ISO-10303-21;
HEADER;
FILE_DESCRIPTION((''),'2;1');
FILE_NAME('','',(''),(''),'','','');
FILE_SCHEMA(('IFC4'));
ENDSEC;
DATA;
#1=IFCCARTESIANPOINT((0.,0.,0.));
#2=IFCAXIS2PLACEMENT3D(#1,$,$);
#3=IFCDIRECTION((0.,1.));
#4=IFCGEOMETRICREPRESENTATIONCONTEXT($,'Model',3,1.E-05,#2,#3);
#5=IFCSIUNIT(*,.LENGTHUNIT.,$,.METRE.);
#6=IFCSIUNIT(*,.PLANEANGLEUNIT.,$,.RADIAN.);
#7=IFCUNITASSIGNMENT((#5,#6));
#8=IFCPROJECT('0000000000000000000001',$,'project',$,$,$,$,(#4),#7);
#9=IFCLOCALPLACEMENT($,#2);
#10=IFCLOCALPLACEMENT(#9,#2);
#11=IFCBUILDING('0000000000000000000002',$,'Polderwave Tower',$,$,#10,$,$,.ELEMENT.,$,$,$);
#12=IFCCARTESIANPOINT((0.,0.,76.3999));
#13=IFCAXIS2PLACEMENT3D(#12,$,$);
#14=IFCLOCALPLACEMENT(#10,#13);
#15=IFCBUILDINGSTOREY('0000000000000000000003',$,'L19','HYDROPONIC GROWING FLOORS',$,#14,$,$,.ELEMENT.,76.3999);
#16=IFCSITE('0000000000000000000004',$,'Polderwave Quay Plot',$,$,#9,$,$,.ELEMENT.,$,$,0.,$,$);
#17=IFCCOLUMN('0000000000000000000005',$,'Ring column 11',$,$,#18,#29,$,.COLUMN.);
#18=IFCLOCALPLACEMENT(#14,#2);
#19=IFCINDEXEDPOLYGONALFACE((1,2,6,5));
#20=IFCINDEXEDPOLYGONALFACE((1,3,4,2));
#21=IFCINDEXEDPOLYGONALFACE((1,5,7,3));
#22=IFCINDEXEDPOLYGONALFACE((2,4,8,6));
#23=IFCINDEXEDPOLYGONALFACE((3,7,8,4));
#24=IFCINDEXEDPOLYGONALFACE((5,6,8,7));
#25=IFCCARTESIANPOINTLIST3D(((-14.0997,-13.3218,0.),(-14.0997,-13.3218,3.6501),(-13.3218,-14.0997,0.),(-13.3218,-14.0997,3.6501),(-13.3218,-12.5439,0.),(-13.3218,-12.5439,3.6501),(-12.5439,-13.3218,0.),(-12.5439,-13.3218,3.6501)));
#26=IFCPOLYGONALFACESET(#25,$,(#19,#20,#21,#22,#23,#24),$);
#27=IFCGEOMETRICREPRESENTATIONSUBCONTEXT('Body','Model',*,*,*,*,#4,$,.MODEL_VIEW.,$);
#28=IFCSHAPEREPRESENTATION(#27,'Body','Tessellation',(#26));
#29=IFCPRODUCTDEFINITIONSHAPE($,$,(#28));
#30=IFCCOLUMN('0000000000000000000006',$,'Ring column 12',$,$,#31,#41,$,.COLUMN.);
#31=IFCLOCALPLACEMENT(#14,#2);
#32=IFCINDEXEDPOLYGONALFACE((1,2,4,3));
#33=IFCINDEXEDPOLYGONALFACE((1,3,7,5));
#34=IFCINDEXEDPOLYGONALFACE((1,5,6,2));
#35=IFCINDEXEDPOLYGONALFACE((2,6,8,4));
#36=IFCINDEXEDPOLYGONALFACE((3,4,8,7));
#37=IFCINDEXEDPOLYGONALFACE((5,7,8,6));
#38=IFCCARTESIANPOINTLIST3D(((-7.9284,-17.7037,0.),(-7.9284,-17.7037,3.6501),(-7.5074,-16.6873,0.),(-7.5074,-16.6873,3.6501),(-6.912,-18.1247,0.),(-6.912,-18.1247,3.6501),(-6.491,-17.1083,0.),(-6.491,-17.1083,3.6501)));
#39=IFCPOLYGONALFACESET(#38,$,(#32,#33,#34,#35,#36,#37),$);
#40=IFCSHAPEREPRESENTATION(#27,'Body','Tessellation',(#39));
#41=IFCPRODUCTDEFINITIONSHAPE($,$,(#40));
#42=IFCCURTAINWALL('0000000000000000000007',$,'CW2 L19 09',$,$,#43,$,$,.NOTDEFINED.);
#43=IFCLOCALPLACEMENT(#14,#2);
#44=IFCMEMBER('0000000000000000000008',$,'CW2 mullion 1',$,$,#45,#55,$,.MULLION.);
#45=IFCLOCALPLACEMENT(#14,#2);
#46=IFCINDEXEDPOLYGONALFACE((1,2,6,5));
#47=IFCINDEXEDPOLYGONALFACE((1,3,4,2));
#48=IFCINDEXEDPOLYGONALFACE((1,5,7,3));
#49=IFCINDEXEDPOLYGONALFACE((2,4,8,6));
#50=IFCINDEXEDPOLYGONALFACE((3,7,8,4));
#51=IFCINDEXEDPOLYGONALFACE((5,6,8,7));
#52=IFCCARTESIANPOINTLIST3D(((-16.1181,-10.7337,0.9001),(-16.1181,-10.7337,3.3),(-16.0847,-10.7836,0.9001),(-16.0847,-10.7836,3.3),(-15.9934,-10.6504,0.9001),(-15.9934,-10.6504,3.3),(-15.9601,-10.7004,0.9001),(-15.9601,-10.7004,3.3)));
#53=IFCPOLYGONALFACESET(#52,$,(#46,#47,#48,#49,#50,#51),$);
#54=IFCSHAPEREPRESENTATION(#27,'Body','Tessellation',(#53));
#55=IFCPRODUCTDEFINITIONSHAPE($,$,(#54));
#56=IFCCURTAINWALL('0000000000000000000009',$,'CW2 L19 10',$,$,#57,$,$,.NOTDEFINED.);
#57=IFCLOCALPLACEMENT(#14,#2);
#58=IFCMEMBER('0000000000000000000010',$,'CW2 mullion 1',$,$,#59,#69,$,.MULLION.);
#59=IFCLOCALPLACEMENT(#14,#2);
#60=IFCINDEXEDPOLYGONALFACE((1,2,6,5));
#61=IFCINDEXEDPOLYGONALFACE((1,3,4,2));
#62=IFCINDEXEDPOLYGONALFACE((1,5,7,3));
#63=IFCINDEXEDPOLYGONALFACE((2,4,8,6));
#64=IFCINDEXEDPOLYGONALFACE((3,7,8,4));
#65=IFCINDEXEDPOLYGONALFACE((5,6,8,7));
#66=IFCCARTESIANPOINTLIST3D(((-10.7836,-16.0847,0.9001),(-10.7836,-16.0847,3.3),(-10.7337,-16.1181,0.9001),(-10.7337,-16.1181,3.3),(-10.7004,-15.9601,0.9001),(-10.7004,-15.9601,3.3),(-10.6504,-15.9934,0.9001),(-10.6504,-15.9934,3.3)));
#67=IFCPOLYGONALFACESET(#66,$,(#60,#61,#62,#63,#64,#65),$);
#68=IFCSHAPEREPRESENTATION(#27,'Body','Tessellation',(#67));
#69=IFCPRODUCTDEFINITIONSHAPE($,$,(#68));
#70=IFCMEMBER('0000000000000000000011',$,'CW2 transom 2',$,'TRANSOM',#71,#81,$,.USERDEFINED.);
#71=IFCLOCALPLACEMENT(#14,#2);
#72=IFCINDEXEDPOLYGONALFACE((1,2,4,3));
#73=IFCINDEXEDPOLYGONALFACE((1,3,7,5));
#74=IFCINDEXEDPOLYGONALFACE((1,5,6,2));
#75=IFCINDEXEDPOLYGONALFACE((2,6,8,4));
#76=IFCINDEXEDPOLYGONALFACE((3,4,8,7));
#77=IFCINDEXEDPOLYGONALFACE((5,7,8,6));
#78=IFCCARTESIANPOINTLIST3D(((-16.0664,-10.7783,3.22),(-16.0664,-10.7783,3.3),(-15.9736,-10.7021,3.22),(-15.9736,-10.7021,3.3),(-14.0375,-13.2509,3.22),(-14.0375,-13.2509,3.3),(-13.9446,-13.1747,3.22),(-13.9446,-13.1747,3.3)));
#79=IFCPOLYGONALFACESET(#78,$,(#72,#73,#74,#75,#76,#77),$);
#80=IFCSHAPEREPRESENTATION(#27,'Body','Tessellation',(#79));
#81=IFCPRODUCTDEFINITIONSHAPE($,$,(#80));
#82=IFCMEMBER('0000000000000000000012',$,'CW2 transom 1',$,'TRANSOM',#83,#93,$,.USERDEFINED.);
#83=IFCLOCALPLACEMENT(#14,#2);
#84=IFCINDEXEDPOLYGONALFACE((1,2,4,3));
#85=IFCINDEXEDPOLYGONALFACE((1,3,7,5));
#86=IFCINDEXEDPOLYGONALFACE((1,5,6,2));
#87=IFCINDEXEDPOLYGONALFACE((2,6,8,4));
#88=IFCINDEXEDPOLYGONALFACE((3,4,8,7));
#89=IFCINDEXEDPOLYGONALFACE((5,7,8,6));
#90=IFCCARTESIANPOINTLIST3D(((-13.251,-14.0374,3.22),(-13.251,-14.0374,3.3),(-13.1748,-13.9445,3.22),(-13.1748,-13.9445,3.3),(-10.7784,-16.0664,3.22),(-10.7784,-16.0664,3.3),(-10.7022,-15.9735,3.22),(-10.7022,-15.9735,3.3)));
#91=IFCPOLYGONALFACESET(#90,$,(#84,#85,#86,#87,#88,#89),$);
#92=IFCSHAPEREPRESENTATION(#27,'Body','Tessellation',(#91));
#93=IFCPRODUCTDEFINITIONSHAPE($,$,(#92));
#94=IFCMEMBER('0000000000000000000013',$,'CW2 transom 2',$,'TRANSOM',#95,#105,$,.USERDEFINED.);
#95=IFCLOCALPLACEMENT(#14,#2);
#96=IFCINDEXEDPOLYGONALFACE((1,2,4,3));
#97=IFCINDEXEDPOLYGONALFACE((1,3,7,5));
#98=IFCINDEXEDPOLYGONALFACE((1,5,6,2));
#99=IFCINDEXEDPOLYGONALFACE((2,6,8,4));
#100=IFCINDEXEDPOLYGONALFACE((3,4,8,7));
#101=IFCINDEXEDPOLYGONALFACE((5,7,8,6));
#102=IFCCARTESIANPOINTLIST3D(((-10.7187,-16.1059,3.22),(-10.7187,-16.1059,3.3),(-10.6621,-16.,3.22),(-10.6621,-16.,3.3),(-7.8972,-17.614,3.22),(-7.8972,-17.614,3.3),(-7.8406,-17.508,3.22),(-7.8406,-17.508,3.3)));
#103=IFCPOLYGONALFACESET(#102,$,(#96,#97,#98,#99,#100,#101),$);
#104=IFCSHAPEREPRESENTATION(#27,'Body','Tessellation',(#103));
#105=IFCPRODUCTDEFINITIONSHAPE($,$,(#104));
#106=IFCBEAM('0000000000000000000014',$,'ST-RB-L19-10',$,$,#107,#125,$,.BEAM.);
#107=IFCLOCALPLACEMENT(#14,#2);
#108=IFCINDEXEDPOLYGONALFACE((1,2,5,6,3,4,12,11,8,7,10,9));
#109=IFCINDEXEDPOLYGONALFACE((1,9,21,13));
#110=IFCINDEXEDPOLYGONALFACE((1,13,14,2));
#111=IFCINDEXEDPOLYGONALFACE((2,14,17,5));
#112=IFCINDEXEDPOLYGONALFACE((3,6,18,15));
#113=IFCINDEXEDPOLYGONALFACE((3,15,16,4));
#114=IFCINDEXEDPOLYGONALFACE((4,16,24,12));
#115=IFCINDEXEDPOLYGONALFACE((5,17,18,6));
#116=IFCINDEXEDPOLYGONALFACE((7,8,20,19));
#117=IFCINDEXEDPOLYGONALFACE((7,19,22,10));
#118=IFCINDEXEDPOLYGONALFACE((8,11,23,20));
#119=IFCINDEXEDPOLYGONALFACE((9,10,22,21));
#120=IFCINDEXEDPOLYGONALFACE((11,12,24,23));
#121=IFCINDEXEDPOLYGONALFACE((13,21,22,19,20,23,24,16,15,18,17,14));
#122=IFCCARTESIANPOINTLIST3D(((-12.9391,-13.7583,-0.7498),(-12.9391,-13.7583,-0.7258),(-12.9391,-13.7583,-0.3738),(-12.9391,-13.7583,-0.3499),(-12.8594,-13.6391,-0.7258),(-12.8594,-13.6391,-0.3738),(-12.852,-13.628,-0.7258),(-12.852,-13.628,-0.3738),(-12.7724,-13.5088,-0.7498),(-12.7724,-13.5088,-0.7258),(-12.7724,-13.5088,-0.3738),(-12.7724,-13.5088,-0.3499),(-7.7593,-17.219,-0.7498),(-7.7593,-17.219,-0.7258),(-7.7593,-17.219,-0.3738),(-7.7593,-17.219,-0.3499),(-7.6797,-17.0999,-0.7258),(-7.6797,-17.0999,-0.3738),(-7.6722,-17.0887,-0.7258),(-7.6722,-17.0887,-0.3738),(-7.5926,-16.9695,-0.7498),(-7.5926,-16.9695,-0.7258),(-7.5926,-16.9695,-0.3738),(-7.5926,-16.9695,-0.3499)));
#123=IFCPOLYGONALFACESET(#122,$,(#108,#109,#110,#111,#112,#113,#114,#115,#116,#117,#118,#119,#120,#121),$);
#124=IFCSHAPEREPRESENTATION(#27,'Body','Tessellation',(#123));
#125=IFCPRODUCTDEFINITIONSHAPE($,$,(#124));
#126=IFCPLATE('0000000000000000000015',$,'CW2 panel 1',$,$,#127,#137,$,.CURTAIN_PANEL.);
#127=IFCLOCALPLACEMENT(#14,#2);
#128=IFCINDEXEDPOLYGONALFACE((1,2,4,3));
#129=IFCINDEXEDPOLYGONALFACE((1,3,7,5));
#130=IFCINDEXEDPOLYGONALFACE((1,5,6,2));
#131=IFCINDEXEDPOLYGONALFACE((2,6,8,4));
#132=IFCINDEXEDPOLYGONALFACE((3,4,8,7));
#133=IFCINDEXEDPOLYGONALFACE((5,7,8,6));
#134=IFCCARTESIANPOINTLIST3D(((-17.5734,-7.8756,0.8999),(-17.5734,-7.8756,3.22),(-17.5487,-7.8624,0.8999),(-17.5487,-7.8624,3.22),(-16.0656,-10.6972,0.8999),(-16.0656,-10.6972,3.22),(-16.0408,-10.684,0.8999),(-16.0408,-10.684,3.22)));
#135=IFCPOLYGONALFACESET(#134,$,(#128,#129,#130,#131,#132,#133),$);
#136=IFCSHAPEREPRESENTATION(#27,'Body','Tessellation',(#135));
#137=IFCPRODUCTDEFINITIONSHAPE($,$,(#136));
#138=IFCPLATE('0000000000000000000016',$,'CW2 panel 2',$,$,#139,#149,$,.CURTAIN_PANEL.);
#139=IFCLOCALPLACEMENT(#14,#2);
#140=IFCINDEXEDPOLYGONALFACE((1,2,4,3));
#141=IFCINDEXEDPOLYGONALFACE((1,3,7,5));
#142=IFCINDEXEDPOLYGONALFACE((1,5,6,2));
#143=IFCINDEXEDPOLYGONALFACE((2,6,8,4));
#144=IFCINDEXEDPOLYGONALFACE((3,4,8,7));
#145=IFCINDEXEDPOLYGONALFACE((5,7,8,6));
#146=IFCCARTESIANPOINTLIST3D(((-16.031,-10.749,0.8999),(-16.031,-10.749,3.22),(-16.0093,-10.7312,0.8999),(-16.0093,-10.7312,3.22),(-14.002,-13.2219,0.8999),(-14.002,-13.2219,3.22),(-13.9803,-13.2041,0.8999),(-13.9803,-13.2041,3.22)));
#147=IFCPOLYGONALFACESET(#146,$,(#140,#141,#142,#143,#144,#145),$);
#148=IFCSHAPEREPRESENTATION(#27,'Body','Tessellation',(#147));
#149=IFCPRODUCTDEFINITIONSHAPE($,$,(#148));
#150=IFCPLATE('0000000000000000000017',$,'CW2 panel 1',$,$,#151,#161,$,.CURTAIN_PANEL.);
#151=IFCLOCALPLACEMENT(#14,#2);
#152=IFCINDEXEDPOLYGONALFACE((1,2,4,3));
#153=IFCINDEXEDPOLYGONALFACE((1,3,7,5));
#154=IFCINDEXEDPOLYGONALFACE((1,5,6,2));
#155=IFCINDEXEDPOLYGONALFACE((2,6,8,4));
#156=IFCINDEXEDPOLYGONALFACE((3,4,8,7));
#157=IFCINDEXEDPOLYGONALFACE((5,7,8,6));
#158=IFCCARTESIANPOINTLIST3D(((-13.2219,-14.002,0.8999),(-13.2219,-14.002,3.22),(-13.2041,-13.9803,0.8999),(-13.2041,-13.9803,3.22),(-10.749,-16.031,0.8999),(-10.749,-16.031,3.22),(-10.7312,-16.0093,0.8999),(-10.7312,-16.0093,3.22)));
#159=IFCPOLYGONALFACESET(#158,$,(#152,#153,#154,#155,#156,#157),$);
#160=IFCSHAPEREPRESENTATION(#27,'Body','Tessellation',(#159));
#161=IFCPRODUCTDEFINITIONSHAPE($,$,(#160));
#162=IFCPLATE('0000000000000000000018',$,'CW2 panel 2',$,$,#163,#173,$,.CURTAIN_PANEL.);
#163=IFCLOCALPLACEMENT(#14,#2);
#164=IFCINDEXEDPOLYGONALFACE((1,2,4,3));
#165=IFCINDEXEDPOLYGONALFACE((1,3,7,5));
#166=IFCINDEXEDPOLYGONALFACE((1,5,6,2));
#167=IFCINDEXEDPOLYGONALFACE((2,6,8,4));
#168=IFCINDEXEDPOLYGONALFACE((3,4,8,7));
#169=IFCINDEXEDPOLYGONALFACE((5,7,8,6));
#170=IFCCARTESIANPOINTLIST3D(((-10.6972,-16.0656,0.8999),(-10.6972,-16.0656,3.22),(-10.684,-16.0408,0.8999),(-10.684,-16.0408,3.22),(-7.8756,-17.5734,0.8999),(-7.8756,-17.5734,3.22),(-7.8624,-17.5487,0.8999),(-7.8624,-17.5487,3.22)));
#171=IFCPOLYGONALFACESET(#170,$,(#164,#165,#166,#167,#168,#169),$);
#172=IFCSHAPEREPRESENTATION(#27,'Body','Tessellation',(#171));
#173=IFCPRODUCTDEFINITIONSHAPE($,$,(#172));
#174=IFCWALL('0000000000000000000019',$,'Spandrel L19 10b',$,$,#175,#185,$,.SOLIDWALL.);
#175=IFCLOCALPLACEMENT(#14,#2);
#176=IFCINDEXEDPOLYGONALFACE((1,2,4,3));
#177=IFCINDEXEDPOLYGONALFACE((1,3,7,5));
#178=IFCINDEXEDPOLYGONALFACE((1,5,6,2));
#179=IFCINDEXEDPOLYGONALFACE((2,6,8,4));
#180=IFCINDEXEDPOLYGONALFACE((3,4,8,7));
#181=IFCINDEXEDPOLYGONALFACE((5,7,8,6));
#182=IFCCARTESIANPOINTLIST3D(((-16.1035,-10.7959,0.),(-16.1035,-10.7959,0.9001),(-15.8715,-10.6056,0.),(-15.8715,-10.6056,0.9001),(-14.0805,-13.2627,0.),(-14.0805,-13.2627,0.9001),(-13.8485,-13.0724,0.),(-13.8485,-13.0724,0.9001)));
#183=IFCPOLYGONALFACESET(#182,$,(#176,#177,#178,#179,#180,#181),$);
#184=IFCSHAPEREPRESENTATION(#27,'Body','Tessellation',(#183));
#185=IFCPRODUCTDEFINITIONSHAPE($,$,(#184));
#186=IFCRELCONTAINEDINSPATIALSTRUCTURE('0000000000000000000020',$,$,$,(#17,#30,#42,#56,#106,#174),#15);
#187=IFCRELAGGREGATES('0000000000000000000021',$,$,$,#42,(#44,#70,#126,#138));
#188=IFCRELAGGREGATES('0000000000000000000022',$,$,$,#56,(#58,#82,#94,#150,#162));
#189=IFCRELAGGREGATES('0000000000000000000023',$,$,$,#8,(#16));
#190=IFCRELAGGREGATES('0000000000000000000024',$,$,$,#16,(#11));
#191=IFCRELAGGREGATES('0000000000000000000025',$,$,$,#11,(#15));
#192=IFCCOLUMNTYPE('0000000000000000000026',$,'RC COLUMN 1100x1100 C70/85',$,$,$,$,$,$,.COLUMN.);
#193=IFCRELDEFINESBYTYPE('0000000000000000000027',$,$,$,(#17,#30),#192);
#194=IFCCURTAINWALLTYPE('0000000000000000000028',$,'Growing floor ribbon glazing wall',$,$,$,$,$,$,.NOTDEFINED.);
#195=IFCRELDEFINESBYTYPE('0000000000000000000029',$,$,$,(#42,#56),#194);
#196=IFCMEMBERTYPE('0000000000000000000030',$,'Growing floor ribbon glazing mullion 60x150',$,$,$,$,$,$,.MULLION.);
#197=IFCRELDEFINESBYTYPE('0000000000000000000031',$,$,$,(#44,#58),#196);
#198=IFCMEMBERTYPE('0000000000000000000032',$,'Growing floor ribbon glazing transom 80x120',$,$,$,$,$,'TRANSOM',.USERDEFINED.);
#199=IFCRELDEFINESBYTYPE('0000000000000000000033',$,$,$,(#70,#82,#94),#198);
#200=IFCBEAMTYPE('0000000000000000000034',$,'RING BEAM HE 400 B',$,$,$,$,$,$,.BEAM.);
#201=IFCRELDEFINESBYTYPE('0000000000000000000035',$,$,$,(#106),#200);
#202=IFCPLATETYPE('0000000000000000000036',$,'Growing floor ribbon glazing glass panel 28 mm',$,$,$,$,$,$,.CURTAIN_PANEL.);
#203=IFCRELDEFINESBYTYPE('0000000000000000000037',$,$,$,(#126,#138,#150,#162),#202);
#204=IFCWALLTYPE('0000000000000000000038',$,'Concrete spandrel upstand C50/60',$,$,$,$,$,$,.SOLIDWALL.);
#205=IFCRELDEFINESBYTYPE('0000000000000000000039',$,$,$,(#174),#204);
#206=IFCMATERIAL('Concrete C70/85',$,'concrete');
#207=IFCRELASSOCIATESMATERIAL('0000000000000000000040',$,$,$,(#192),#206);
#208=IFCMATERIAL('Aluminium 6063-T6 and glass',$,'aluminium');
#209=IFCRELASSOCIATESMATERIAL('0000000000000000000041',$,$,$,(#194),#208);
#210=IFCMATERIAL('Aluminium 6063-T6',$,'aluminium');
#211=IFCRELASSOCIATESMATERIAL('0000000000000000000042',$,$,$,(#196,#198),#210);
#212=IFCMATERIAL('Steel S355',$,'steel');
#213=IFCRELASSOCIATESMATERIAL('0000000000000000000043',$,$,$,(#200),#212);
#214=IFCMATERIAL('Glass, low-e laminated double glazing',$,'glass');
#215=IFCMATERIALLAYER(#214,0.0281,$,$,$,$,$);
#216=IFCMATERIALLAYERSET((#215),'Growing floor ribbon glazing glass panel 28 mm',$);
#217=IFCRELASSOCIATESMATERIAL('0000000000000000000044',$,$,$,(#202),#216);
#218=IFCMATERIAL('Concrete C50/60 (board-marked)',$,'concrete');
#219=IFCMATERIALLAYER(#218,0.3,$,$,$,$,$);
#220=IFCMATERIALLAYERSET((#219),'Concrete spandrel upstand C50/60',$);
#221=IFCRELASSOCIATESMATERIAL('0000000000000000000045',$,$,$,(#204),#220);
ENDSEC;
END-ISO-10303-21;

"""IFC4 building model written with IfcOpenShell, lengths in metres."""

from ifc_helpers import new_model, si_unit, direction, frame, frame_2d, origin, origin_2d, place, context, subcontext, project, spatial, rectangle, i_section, extrude, material, layer, layer_set, material_profile, profile_set, type_object, element, aggregate, save


model = new_model("IFC4")

# Units and contexts
model_context = context("Model", 3, precision=1e-05, world=origin(), true_north=direction((0.0, 1.0)))
body_context = subcontext(model_context, "Body", "Model", "MODEL_VIEW")
ifc_project = project(units=[si_unit("LENGTHUNIT", "METRE"), si_unit("PLANEANGLEUNIT", "RADIAN")], contexts=[model_context])

# Site, building, storey
site_placement = place(None, origin())
site = spatial("IfcSite", under=ifc_project, at=site_placement, Name="Polderwave Quay Plot", CompositionType="ELEMENT", RefElevation=0.0)
building_placement = place(site_placement, origin())
building = spatial("IfcBuilding", under=site, at=building_placement, Name="Polderwave Tower", CompositionType="ELEMENT")
storey_placement = place(building_placement, frame((0.0, 0.0, 76.3999)))
storey = spatial("IfcBuildingStorey", under=building, at=storey_placement, Name="L19", Description="HYDROPONIC GROWING FLOORS", CompositionType="ELEMENT", Elevation=76.3999)

# Columns
ifc_material_1 = material(Name="Concrete C70/85", Category="concrete")
ifc_material_profile_1 = material_profile(ifc_material_1, rectangle(XDim=1.1001, YDim=1.1001, at=origin_2d()), Name="RC 1100x1100")
ifc_profile_set_1 = profile_set([ifc_material_profile_1], Name="Concrete C70/85")
column_type = type_object("IfcColumnType", Name="RC COLUMN 1100x1100 C70/85", PredefinedType="COLUMN", material=ifc_profile_set_1)
for number, where, z_axis, x_axis, name in (
    (1, (-13.3218, -13.3218, 0.0), (0.0, 0.0, 1.0), (-0.707107, -0.707107, 0.0), "Ring column 11"),
    (2, (-7.2097, -17.406, 0.0), (0.0, 0.0, 1.0), (-0.382683, -0.92388, 0.0), "Ring column 12"),
):
    element("IfcColumn", number, at=place(storey_placement, frame(where, z_axis=z_axis, x_axis=x_axis)), inside=storey, type_object=column_type, Name=name, PredefinedType="COLUMN", context=body_context, shape_type="SweptSolid", body=[
        extrude(rectangle(XDim=1.1001, YDim=1.1001, at=origin_2d()), origin(), (0.0, 0.0, 1.0), 3.6501),
    ])

# Curtain walls, members
ifc_material_2 = material(Name="Aluminium 6063-T6 and glass", Category="aluminium")
curtain_wall_type = type_object("IfcCurtainWallType", Name="Growing floor ribbon glazing wall", PredefinedType="NOTDEFINED", material=ifc_material_2)
curtain_wall_1_placement = place(storey_placement, origin())
curtain_wall_1 = element("IfcCurtainWall", 3, at=curtain_wall_1_placement, inside=storey, type_object=curtain_wall_type, Name="CW2 L19 09", PredefinedType="NOTDEFINED")
ifc_material_3 = material(Name="Aluminium 6063-T6", Category="aluminium")
ifc_material_profile_2 = material_profile(ifc_material_3, rectangle(XDim=0.1499, YDim=0.0601, at=origin_2d()), Name="AL 60x150")
ifc_profile_set_2 = profile_set([ifc_material_profile_2], Name="Aluminium 6063-T6")
member_type_1 = type_object("IfcMemberType", Name="Growing floor ribbon glazing mullion 60x150", PredefinedType="MULLION", material=ifc_profile_set_2)
member_1_placement = place(storey_placement, frame((-16.0391, -10.717, 0.9001), z_axis=(0.0, 0.0, 1.0), x_axis=(0.831519, 0.555496, 0.0)))
member_1 = element("IfcMember", 4, at=member_1_placement, type_object=member_type_1, Name="CW2 mullion 1", PredefinedType="MULLION", context=body_context, shape_type="SweptSolid", body=[
    extrude(rectangle(XDim=0.1499, YDim=0.0601, at=origin_2d()), origin(), (0.0, 0.0, 1.0), 2.3999),
])
curtain_wall_2_placement = place(storey_placement, origin())
curtain_wall_2 = element("IfcCurtainWall", 5, at=curtain_wall_2_placement, inside=storey, type_object=curtain_wall_type, Name="CW2 L19 10", PredefinedType="NOTDEFINED")
member_2_placement = place(storey_placement, frame((-10.717, -16.0391, 0.9001), z_axis=(0.0, 0.0, 1.0), x_axis=(0.555496, 0.831519, 0.0)))
member_2 = element("IfcMember", 6, at=member_2_placement, type_object=member_type_1, Name="CW2 mullion 1", PredefinedType="MULLION", context=body_context, shape_type="SweptSolid", body=[
    extrude(rectangle(XDim=0.1499, YDim=0.0601, at=origin_2d()), origin(), (0.0, 0.0, 1.0), 2.3999),
])

# Members
ifc_material_profile_3 = material_profile(ifc_material_3, rectangle(XDim=0.1201, YDim=0.0801, at=origin_2d()), Name="AL 80x120")
ifc_profile_set_3 = profile_set([ifc_material_profile_3], Name="Aluminium 6063-T6")
member_type_2 = type_object("IfcMemberType", Name="Growing floor ribbon glazing transom 80x120", ElementType="TRANSOM", PredefinedType="USERDEFINED", material=ifc_profile_set_3)
member_3_placement = place(storey_placement, frame((-16.02, -10.7402, 3.26), z_axis=(0.634355, -0.773042, 0.0), x_axis=(0.773042, 0.634355, 0.0)))
member_3 = element("IfcMember", 7, at=member_3_placement, type_object=member_type_2, Name="CW2 transom 2", ObjectType="TRANSOM", PredefinedType="USERDEFINED", context=body_context, shape_type="SweptSolid", body=[
    extrude(rectangle(XDim=0.1201, YDim=0.0801, at=origin_2d()), origin(), (0.0, 0.0, 1.0), 3.1985),
])
member_4_placement = place(storey_placement, frame((-13.2129, -13.991, 3.26), z_axis=(0.773042, -0.634355, 0.0), x_axis=(0.634355, 0.773042, 0.0)))
member_4 = element("IfcMember", 8, at=member_4_placement, type_object=member_type_2, Name="CW2 transom 1", ObjectType="TRANSOM", PredefinedType="USERDEFINED", context=body_context, shape_type="SweptSolid", body=[
    extrude(rectangle(XDim=0.1201, YDim=0.0801, at=origin_2d()), origin(), (0.0, 0.0, 1.0), 3.1985),
])
member_5_placement = place(storey_placement, frame((-10.6904, -16.053, 3.26), z_axis=(0.881932, -0.471376, 0.0), x_axis=(0.471376, 0.881932, 0.0)))
member_5 = element("IfcMember", 9, at=member_5_placement, type_object=member_type_2, Name="CW2 transom 2", ObjectType="TRANSOM", PredefinedType="USERDEFINED", context=body_context, shape_type="SweptSolid", body=[
    extrude(rectangle(XDim=0.1201, YDim=0.0801, at=origin_2d()), origin(), (0.0, 0.0, 1.0), 3.1992),
])

# Beam
ifc_material_4 = material(Name="Steel S355", Category="steel")
ifc_material_profile_4 = material_profile(ifc_material_4, i_section(OverallWidth=0.3, OverallDepth=0.3999, WebThickness=0.0134, FlangeThickness=0.0239, at=origin_2d()), Name="HE 400 B")
ifc_profile_set_4 = profile_set([ifc_material_profile_4], Name="Steel S355")
beam_type = type_object("IfcBeamType", Name="RING BEAM HE 400 B", PredefinedType="BEAM", material=ifc_profile_set_4)
beam_placement = place(storey_placement, frame((-12.8557, -13.6335, -0.5498), z_axis=(0.831489, -0.555541, 0.0), x_axis=(0.555541, 0.831489, 0.0)))
element("IfcBeam", 10, at=beam_placement, inside=storey, type_object=beam_type, Name="ST-RB-L19-10", PredefinedType="BEAM", context=body_context, shape_type="SweptSolid", body=[
    extrude(i_section(OverallWidth=0.3, OverallDepth=0.3999, WebThickness=0.0134, FlangeThickness=0.0239, at=origin_2d()), origin(), (0.0, 0.0, 1.0), 6.2295),
])

# Plates
ifc_material_5 = material(Name="Glass, low-e laminated double glazing", Category="glass")
ifc_layer_1 = layer(ifc_material_5, 0.0281)
ifc_layer_set_1 = layer_set([ifc_layer_1], Name="Growing floor ribbon glazing glass panel 28 mm")
plate_type = type_object("IfcPlateType", Name="Growing floor ribbon glazing glass panel 28 mm", PredefinedType="CURTAIN_PANEL", material=ifc_layer_set_1)
plate_1_placement = place(storey_placement, frame((-16.8071, -9.2798, 0.8999), z_axis=(0.0, 0.0, 1.0), x_axis=(0.471327, -0.881958, 0.0)))
plate_1 = element("IfcPlate", 11, at=plate_1_placement, type_object=plate_type, Name="CW2 panel 1", PredefinedType="CURTAIN_PANEL", context=body_context, shape_type="SweptSolid", body=[
    extrude(rectangle(XDim=3.1992, YDim=0.0281, at=origin_2d()), origin(), (0.0, 0.0, 1.0), 2.3201),
])
plate_2_placement = place(storey_placement, frame((-15.0056, -11.9766, 0.8999), z_axis=(0.0, 0.0, 1.0), x_axis=(0.634316, -0.773074, 0.0)))
plate_2 = element("IfcPlate", 12, at=plate_2_placement, type_object=plate_type, Name="CW2 panel 2", PredefinedType="CURTAIN_PANEL", context=body_context, shape_type="SweptSolid", body=[
    extrude(rectangle(XDim=3.1987, YDim=0.0281, at=origin_2d()), origin(), (0.0, 0.0, 1.0), 2.3201),
])
aggregate(curtain_wall_1, [member_1, member_3, plate_1, plate_2])
plate_3_placement = place(storey_placement, frame((-11.9766, -15.0056, 0.8999), z_axis=(0.0, 0.0, 1.0), x_axis=(0.773074, -0.634316, 0.0)))
plate_3 = element("IfcPlate", 13, at=plate_3_placement, type_object=plate_type, Name="CW2 panel 1", PredefinedType="CURTAIN_PANEL", context=body_context, shape_type="SweptSolid", body=[
    extrude(rectangle(XDim=3.1987, YDim=0.0281, at=origin_2d()), origin(), (0.0, 0.0, 1.0), 2.3201),
])
plate_4_placement = place(storey_placement, frame((-9.2798, -16.8071, 0.8999), z_axis=(0.0, 0.0, 1.0), x_axis=(0.881958, -0.471327, 0.0)))
plate_4 = element("IfcPlate", 14, at=plate_4_placement, type_object=plate_type, Name="CW2 panel 2", PredefinedType="CURTAIN_PANEL", context=body_context, shape_type="SweptSolid", body=[
    extrude(rectangle(XDim=3.1992, YDim=0.0281, at=origin_2d()), origin(), (0.0, 0.0, 1.0), 2.3201),
])
aggregate(curtain_wall_2, [member_2, member_4, member_5, plate_3, plate_4])

# Wall
ifc_material_6 = material(Name="Concrete C50/60 (board-marked)", Category="concrete")
ifc_layer_2 = layer(ifc_material_6, 0.3)
ifc_layer_set_2 = layer_set([ifc_layer_2], Name="Concrete spandrel upstand C50/60")
wall_type_1 = type_object("IfcWallType", Name="Concrete spandrel upstand C50/60", PredefinedType="SOLIDWALL", material=ifc_layer_set_2)
for number, where, z_axis, x_axis, name in (
    (15, (-15.9875, -10.7007, 0.0), (0.0, 0.0, 1.0), (0.634113, -0.773241, 0.0), "Spandrel L19 10b"),
):
    element("IfcWall", number, at=place(storey_placement, frame(where, z_axis=z_axis, x_axis=x_axis)), inside=storey, type_object=wall_type_1, Name=name, PredefinedType="SOLIDWALL", context=body_context, shape_type="SweptSolid", body=[
        extrude(rectangle(XDim=3.1902, YDim=0.3, at=frame_2d((1.5952, 0.0))), origin(), (0.0, 0.0, 1.0), 0.9001),
    ])

save(model, "model.ifc")
